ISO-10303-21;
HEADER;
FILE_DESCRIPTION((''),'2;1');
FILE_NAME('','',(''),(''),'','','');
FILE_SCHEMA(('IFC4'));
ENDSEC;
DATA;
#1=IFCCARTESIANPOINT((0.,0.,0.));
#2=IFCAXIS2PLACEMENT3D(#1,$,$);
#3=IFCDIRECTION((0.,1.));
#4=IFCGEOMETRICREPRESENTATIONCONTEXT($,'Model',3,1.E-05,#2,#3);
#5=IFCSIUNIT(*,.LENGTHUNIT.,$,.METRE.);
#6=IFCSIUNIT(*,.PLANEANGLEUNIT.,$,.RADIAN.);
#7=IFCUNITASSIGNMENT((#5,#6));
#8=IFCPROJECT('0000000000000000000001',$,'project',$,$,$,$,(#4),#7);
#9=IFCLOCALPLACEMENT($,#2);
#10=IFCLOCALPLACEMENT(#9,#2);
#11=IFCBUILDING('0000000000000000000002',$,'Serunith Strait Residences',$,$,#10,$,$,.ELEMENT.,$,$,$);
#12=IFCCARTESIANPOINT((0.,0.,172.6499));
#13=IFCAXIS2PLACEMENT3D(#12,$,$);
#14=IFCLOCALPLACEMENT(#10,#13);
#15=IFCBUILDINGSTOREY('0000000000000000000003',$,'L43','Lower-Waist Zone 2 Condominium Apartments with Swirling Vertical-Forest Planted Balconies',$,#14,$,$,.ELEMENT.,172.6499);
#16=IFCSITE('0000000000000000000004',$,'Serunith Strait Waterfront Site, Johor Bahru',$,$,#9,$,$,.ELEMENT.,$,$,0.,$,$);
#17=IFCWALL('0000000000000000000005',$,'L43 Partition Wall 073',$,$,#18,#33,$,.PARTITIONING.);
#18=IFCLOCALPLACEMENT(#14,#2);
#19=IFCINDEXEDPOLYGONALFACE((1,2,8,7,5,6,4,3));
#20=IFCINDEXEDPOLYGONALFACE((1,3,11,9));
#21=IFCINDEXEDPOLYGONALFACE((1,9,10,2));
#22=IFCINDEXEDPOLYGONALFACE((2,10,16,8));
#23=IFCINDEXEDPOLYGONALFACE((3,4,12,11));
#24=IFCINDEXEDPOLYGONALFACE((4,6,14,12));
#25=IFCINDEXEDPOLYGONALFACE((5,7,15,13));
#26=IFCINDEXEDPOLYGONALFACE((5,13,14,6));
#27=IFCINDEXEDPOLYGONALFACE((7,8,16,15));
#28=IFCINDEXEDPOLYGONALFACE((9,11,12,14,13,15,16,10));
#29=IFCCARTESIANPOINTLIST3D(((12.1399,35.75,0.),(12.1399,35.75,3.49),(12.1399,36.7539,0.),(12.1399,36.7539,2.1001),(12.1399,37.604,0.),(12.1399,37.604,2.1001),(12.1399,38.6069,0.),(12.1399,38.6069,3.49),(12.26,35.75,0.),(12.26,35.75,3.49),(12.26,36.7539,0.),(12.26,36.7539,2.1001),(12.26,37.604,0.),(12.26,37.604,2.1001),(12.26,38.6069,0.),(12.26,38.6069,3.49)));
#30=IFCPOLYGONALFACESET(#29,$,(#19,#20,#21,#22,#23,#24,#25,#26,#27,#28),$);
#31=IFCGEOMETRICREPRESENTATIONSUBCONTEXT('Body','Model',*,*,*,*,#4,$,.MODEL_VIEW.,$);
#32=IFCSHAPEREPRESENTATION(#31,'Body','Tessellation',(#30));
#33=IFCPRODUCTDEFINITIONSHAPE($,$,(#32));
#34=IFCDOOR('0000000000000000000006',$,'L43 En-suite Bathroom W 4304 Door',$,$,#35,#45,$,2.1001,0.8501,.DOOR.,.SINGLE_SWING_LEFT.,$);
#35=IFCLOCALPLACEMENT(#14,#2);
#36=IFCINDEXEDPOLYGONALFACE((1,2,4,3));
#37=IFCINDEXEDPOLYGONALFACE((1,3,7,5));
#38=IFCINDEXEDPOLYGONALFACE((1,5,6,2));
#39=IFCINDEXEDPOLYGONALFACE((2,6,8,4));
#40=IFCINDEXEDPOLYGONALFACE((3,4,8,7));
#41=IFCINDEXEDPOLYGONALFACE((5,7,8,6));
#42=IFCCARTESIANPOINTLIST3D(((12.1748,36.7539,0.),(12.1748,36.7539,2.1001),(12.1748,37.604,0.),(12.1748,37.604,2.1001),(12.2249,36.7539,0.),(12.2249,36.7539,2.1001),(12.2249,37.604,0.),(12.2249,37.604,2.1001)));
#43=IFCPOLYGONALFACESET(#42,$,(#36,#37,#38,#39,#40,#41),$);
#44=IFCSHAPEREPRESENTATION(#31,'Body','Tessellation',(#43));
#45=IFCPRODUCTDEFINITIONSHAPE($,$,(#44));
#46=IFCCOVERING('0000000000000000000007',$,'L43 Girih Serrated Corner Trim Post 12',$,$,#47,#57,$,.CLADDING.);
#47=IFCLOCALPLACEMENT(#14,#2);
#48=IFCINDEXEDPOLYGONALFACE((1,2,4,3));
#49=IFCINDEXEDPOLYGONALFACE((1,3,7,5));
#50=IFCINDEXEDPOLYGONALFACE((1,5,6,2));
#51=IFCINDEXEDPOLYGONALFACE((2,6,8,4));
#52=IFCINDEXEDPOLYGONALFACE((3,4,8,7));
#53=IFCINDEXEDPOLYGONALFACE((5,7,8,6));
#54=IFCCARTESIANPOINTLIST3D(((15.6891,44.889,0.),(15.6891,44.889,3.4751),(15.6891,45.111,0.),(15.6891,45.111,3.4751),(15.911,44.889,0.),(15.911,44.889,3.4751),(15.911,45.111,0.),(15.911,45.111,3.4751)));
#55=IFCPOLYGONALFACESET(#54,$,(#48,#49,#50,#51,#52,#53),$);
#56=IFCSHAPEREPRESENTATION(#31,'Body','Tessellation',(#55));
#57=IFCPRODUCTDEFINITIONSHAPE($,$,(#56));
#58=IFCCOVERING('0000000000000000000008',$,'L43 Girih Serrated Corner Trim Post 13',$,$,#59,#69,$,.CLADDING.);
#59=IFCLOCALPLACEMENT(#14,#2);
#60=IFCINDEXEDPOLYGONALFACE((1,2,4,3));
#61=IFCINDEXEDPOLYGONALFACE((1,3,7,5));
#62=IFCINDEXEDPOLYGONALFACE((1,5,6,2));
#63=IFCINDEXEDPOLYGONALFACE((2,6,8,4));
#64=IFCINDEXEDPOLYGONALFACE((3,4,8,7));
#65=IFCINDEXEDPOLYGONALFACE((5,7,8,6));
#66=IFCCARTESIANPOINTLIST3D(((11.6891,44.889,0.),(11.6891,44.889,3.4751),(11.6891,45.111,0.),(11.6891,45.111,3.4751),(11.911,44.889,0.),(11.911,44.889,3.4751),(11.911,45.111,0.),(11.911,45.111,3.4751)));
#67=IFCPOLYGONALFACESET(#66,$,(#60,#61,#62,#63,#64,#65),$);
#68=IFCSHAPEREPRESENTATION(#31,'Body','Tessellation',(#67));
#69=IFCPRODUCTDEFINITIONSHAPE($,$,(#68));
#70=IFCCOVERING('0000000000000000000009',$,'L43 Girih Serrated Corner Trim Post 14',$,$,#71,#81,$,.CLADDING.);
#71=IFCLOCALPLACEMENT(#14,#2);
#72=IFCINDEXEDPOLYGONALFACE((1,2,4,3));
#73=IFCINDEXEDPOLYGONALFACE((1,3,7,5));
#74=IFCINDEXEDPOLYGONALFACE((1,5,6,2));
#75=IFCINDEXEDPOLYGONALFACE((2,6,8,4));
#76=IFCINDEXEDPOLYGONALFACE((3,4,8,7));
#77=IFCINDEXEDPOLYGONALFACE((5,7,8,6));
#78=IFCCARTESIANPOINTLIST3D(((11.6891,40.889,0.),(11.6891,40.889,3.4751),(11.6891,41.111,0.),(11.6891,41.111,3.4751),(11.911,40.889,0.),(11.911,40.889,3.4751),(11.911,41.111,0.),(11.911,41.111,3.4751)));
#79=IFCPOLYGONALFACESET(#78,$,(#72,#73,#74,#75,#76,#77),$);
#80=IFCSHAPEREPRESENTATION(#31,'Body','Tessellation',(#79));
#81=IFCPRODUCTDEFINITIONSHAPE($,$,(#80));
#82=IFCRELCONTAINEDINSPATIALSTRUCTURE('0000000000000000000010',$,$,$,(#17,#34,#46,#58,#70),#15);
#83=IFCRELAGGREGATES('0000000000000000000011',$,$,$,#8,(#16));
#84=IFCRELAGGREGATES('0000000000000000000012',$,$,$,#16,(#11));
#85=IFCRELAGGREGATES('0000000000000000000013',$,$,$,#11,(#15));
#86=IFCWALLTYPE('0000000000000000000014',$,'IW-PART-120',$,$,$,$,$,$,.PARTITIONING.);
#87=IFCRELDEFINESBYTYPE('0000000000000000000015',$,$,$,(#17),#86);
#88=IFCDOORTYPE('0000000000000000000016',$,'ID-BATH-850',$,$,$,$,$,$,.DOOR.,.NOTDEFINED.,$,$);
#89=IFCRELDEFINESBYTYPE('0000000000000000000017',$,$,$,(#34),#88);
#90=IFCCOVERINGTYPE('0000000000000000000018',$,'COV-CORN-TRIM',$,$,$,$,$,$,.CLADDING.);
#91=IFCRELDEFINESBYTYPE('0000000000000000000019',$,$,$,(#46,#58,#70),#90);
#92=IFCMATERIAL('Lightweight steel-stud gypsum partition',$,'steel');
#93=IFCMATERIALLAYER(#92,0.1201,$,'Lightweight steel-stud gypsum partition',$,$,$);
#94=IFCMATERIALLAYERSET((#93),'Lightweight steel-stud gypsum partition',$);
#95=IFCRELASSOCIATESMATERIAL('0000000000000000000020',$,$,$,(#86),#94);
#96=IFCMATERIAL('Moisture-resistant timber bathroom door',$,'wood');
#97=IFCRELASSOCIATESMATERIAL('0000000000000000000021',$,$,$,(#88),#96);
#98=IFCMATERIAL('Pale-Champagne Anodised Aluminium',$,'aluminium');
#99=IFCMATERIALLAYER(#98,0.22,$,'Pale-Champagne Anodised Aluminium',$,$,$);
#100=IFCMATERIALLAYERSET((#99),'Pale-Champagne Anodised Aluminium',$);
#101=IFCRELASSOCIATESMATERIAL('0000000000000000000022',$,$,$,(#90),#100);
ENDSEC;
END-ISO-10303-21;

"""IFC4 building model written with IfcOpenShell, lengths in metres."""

from ifc_helpers import new_model, si_unit, direction, frame, frame_2d, origin, origin_2d, place, context, subcontext, project, spatial, rectangle, extrude, source, transform, mapped, material, layer, layer_set, type_object, element, fill, save


model = new_model("IFC4")

# Units and contexts
model_context = context("Model", 3, precision=1e-05, world=origin(), true_north=direction((0.0, 1.0)))
body_context = subcontext(model_context, "Body", "Model", "MODEL_VIEW")
ifc_project = project(units=[si_unit("LENGTHUNIT", "METRE"), si_unit("PLANEANGLEUNIT", "RADIAN")], contexts=[model_context])

# Site, building, storey
site_placement = place(None, origin())
site = spatial("IfcSite", under=ifc_project, at=site_placement, Name="Serunith Strait Waterfront Site, Johor Bahru", CompositionType="ELEMENT", RefElevation=0.0)
building_placement = place(site_placement, origin())
building = spatial("IfcBuilding", under=site, at=building_placement, Name="Serunith Strait Residences", CompositionType="ELEMENT")
storey_placement = place(building_placement, frame((0.0, 0.0, 172.6499)))
storey = spatial("IfcBuildingStorey", under=building, at=storey_placement, Name="L43", Description="Lower-Waist Zone 2 Condominium Apartments with Swirling Vertical-Forest Planted Balconies", CompositionType="ELEMENT", Elevation=172.6499)

# Shared definitions
ifc_material_1 = material(Name="Pale-Champagne Anodised Aluminium", Category="aluminium")

# Shared definitions
ifc_material_2 = material(Name="Lightweight steel-stud gypsum partition", Category="steel")
ifc_layer_1 = layer(ifc_material_2, 0.1201, Name="Lightweight steel-stud gypsum partition")
ifc_layer_set_1 = layer_set([ifc_layer_1], Name="Lightweight steel-stud gypsum partition")
wall_type_1 = type_object("IfcWallType", Name="IW-PART-120", PredefinedType="PARTITIONING", material=ifc_layer_set_1)

# Wall, opening, door
wall_1_placement = place(storey_placement, frame((12.2, 38.6069, 0.0), z_axis=(0.0, 0.0, 1.0), x_axis=(0.0, -1.0, 0.0)))
wall_1 = element("IfcWall", 1, at=wall_1_placement, inside=storey, type_object=wall_type_1, Name="L43 Partition Wall 073", PredefinedType="PARTITIONING", context=body_context, shape_type="SweptSolid", body=[
    extrude(rectangle(XDim=2.8569, YDim=0.1201, at=frame_2d((1.4285, 0.0))), origin(), (0.0, 0.0, 1.0), 3.49),
])
opening_1_placement = place(wall_1_placement, frame((1.0029, 0.0, 0.0)))
opening_1 = element("IfcOpeningElement", 2, at=opening_1_placement, cuts=wall_1, PredefinedType="OPENING", context=body_context, shape_type="SweptSolid", body=[
    extrude(rectangle(XDim=0.8501, YDim=2.1001, at=frame_2d((0.425, 1.05))), frame((0.0, 0.0701, 0.0), z_axis=(0.0, -1.0, 0.0), x_axis=(1.0, 0.0, 0.0)), (0.0, 0.0, 1.0), 0.1401),
])
ifc_material_3 = material(Name="Moisture-resistant timber bathroom door", Category="wood")
door_type = type_object("IfcDoorType", Name="ID-BATH-850", OperationType="NOTDEFINED", PredefinedType="DOOR", material=ifc_material_3)
shared_shape_1 = source(origin(), body_context, "Body", "SweptSolid", [
    extrude(rectangle(XDim=0.8501, YDim=2.1001, at=frame_2d((0.425, 1.05))), frame((0.0, 0.0249, 0.0), z_axis=(0.0, -1.0, 0.0), x_axis=(1.0, 0.0, 0.0)), (0.0, 0.0, 1.0), 0.05),
])
door_placement = place(opening_1_placement, origin())
door = element("IfcDoor", 3, at=door_placement, inside=storey, type_object=door_type, Name="L43 En-suite Bathroom W 4304 Door", OperationType="SINGLE_SWING_LEFT", OverallHeight=2.1001, OverallWidth=0.8501, PredefinedType="DOOR", context=body_context, shape_type="MappedRepresentation", body=[
    mapped(shared_shape_1, transform((0.0, 0.0, 0.0), scale=1.0)),
])
fill(opening_1, door)

# Coverings
ifc_layer_2 = layer(ifc_material_1, 0.22, Name="Pale-Champagne Anodised Aluminium")
ifc_layer_set_2 = layer_set([ifc_layer_2], Name="Pale-Champagne Anodised Aluminium")
covering_type = type_object("IfcCoveringType", Name="COV-CORN-TRIM", PredefinedType="CLADDING", material=ifc_layer_set_2)
shared_shape_2 = source(origin(), body_context, "Body", "SweptSolid", [
    extrude(rectangle(XDim=0.2219, YDim=0.2219, at=origin_2d()), origin(), (0.0, 0.0, 1.0), 3.4751),
])
for number, where, z_axis, x_axis, name in (
    (4, (15.8, 45.0, 0.0), (0.0, 0.0, 1.0), (1.0, 0.0, 0.0), "L43 Girih Serrated Corner Trim Post 12"),
    (5, (11.8, 45.0, 0.0), (0.0, 0.0, 1.0), (1.0, 0.0, 0.0), "L43 Girih Serrated Corner Trim Post 13"),
    (6, (11.8, 41.0, 0.0), (0.0, 0.0, 1.0), (1.0, 0.0, 0.0), "L43 Girih Serrated Corner Trim Post 14"),
):
    element("IfcCovering", number, at=place(storey_placement, frame(where, z_axis=z_axis, x_axis=x_axis)), inside=storey, type_object=covering_type, Name=name, PredefinedType="CLADDING", context=body_context, shape_type="MappedRepresentation", body=[
        mapped(shared_shape_2, transform((0.0, 0.0, 0.0), scale=1.0)),
    ])

save(model, "model.ifc")
